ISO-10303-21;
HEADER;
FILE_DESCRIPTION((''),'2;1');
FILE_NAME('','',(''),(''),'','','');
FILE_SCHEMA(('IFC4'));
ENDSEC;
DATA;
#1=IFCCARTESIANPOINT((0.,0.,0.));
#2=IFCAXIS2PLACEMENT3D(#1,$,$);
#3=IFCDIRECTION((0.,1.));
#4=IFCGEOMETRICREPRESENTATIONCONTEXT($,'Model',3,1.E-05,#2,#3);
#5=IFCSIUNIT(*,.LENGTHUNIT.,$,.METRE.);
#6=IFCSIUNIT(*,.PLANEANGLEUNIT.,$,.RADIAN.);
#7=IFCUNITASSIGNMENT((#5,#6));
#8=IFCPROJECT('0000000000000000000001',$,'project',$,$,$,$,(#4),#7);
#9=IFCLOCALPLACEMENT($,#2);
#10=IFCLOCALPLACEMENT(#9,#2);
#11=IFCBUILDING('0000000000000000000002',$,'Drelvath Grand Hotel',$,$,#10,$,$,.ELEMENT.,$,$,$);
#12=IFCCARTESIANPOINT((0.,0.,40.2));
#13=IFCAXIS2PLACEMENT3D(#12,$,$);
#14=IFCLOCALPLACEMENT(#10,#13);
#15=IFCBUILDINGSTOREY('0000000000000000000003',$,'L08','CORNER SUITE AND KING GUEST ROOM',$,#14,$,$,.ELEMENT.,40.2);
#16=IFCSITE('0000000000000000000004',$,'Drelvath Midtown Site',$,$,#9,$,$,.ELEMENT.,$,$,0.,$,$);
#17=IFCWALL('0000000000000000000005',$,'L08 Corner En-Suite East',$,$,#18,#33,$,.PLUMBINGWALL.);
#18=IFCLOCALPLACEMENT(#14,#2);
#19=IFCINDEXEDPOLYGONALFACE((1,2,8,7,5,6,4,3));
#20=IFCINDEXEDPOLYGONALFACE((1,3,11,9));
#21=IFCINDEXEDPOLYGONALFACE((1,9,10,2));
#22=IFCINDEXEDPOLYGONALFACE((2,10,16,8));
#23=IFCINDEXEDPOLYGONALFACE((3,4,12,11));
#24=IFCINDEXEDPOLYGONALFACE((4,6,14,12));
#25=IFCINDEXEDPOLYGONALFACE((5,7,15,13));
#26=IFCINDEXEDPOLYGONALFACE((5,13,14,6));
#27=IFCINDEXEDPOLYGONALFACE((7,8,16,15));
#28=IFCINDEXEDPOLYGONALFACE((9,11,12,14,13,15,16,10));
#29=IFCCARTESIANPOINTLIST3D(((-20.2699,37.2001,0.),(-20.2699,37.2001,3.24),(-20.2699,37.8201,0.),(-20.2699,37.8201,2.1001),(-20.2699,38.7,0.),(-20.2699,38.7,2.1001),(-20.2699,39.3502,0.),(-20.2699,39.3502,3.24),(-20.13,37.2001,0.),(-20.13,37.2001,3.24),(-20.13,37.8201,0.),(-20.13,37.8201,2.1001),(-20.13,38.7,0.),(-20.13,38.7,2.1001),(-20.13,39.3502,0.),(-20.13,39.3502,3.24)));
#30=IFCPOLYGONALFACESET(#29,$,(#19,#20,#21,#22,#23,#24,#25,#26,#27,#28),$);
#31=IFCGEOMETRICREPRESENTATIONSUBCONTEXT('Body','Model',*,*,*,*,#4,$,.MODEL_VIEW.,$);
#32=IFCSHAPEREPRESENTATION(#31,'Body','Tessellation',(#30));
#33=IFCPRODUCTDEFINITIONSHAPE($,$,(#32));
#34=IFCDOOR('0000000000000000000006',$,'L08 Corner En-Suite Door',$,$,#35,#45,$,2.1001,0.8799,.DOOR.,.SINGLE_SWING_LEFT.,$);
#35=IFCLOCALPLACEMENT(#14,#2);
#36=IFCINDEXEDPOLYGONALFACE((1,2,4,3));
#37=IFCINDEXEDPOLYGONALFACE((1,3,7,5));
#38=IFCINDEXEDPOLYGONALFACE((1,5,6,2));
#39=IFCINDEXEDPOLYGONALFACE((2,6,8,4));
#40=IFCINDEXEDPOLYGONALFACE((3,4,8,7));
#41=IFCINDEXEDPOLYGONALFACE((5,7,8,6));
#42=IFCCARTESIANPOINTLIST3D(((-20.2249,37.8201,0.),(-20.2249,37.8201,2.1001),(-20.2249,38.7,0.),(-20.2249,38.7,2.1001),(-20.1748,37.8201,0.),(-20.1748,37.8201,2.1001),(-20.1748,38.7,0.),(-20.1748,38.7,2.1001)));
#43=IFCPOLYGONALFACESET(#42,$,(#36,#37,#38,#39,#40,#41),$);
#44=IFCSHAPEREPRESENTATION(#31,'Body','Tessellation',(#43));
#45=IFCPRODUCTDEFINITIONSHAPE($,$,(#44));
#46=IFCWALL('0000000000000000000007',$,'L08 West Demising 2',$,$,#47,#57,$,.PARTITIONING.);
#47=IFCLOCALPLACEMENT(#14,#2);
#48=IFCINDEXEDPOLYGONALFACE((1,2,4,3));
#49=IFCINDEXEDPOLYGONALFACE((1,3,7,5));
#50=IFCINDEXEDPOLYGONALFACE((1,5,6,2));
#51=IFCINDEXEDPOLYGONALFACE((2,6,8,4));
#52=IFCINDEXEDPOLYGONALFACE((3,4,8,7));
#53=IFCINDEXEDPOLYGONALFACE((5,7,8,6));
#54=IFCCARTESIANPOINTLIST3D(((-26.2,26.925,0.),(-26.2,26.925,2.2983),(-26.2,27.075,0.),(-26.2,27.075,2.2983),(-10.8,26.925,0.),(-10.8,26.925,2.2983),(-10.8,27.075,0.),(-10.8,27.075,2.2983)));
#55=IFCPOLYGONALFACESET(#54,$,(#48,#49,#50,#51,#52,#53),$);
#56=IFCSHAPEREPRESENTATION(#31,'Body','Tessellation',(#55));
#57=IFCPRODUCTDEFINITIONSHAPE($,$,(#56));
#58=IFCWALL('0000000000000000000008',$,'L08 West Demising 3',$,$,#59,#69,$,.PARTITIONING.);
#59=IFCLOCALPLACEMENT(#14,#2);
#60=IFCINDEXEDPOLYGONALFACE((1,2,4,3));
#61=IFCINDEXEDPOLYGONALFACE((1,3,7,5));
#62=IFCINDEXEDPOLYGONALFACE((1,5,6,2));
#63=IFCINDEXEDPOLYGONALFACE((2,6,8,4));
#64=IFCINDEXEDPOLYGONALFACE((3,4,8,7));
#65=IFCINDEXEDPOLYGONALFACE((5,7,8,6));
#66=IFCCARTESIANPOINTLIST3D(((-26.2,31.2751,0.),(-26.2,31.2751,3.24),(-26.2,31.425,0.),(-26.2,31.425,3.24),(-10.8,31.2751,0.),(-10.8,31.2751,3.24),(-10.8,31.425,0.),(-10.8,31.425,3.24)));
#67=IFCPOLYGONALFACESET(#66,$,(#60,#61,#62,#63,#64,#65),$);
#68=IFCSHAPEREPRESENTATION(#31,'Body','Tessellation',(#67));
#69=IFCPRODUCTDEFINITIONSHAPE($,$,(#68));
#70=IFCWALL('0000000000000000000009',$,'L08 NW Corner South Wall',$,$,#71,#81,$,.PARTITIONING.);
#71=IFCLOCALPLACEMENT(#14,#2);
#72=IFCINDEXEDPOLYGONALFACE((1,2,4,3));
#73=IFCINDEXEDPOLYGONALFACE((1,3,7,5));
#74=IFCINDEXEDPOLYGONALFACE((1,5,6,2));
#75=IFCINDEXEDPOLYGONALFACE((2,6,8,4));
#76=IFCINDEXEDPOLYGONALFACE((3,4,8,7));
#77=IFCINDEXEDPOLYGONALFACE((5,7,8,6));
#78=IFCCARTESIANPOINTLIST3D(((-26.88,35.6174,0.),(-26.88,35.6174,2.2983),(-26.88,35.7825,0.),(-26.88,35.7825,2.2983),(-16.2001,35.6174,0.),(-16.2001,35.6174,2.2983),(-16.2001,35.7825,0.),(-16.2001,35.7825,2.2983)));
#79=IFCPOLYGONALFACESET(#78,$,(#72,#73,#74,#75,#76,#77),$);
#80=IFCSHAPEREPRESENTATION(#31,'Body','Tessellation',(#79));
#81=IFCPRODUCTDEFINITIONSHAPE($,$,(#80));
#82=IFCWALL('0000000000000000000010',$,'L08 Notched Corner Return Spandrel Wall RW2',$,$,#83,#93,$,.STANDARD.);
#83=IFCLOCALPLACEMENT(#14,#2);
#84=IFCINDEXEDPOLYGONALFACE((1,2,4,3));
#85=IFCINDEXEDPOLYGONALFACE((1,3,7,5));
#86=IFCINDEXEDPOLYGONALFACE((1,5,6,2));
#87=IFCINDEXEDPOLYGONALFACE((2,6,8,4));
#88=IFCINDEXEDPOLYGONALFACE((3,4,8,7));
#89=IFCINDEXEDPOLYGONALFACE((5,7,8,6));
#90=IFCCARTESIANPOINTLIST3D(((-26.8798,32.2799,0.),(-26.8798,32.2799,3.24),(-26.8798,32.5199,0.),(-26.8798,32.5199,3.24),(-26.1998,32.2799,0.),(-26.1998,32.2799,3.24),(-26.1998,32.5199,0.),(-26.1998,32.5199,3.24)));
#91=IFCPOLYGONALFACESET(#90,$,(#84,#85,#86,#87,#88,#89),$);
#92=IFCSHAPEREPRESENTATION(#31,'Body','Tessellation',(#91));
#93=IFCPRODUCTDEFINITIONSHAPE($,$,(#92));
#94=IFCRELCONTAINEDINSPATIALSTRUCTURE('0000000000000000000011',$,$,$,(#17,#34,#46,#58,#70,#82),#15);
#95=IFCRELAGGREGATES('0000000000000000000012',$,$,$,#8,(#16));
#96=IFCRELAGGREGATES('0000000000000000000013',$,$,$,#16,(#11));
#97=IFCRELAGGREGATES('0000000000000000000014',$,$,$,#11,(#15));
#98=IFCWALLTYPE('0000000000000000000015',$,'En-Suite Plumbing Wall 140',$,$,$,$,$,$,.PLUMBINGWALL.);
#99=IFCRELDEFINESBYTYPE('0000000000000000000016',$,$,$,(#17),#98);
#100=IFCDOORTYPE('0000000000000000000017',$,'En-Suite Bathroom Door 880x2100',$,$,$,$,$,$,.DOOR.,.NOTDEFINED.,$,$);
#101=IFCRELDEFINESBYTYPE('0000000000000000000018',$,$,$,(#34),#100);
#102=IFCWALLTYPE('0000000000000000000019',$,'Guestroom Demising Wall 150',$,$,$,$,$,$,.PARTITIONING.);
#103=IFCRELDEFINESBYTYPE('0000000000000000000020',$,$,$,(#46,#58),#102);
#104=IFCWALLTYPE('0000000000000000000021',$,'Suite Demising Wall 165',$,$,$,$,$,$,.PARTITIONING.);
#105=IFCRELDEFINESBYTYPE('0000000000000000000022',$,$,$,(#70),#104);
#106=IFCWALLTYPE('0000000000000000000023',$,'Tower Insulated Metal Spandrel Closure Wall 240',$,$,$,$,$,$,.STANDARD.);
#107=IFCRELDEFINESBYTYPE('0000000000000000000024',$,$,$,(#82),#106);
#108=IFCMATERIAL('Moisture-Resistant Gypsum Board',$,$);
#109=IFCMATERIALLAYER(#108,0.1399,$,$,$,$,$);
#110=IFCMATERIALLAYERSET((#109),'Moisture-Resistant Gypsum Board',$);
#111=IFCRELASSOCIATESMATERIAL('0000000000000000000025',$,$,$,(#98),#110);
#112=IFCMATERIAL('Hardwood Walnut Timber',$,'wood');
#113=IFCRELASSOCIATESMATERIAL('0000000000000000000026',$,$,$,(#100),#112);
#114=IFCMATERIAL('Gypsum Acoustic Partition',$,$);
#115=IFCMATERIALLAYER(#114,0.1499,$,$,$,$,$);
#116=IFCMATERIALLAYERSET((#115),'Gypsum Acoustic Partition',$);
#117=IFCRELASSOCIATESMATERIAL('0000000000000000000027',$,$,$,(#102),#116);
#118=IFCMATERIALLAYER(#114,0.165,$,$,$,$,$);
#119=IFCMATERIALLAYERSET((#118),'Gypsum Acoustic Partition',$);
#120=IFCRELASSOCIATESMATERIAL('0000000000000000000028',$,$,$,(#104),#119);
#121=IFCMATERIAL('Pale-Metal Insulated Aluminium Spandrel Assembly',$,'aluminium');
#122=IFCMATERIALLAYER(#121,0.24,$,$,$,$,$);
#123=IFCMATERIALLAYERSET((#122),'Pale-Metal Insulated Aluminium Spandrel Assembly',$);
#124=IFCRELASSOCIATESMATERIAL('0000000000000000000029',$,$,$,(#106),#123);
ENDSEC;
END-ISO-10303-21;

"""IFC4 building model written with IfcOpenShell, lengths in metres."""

from ifc_helpers import new_model, si_unit, direction, frame, frame_2d, origin, place, context, subcontext, project, spatial, rectangle, extrude, material, layer, layer_set, type_object, element, fill, save


model = new_model("IFC4")

# Units and contexts
model_context = context("Model", 3, precision=1e-05, world=origin(), true_north=direction((0.0, 1.0)))
body_context = subcontext(model_context, "Body", "Model", "MODEL_VIEW")
ifc_project = project(units=[si_unit("LENGTHUNIT", "METRE"), si_unit("PLANEANGLEUNIT", "RADIAN")], contexts=[model_context])

# Site, building, storey
site_placement = place(None, origin())
site = spatial("IfcSite", under=ifc_project, at=site_placement, Name="Drelvath Midtown Site", CompositionType="ELEMENT", RefElevation=0.0)
building_placement = place(site_placement, origin())
building = spatial("IfcBuilding", under=site, at=building_placement, Name="Drelvath Grand Hotel", CompositionType="ELEMENT")
storey_placement = place(building_placement, frame((0.0, 0.0, 40.2)))
storey = spatial("IfcBuildingStorey", under=building, at=storey_placement, Name="L08", Description="CORNER SUITE AND KING GUEST ROOM", CompositionType="ELEMENT", Elevation=40.2)

# Shared definitions
ifc_material_1 = material(Name="Moisture-Resistant Gypsum Board")
ifc_layer_1 = layer(ifc_material_1, 0.1399)
ifc_layer_set_1 = layer_set([ifc_layer_1], Name="Moisture-Resistant Gypsum Board")
wall_type_1 = type_object("IfcWallType", Name="En-Suite Plumbing Wall 140", PredefinedType="PLUMBINGWALL", material=ifc_layer_set_1)

# Wall, opening, door
wall_1_placement = place(storey_placement, frame((-20.2, 37.2, 0.0), z_axis=(0.0, 0.0, 1.0), x_axis=(0.0, 1.0, 0.0)))
wall_1 = element("IfcWall", 1, at=wall_1_placement, inside=storey, type_object=wall_type_1, Name="L08 Corner En-Suite East", PredefinedType="PLUMBINGWALL", context=body_context, shape_type="SweptSolid", body=[
    extrude(rectangle(XDim=2.1501, YDim=0.1399, at=frame_2d((1.0752, 0.0))), origin(), (0.0, 0.0, 1.0), 3.24),
])
opening_placement = place(wall_1_placement, frame((0.6201, 0.0, 0.0)))
opening = element("IfcOpeningElement", 2, at=opening_placement, cuts=wall_1, PredefinedType="OPENING", context=body_context, shape_type="SweptSolid", body=[
    extrude(rectangle(XDim=0.8799, YDim=2.1001, at=frame_2d((0.4399, 1.05))), frame((0.0, 0.0798, 0.0), z_axis=(0.0, -1.0, 0.0), x_axis=(1.0, 0.0, 0.0)), (0.0, 0.0, 1.0), 0.1599),
])
ifc_material_2 = material(Name="Hardwood Walnut Timber", Category="wood")
door_type = type_object("IfcDoorType", Name="En-Suite Bathroom Door 880x2100", OperationType="NOTDEFINED", PredefinedType="DOOR", material=ifc_material_2)
door_placement = place(opening_placement, origin())
door = element("IfcDoor", 3, at=door_placement, inside=storey, type_object=door_type, Name="L08 Corner En-Suite Door", OperationType="SINGLE_SWING_LEFT", OverallHeight=2.1001, OverallWidth=0.8799, PredefinedType="DOOR", context=body_context, shape_type="SweptSolid", body=[
    extrude(rectangle(XDim=0.8799, YDim=2.1001, at=frame_2d((0.4399, 1.05))), frame((0.0, 0.0249, 0.0), z_axis=(0.0, -1.0, 0.0), x_axis=(1.0, 0.0, 0.0)), (0.0, 0.0, 1.0), 0.05),
])
fill(opening, door)

# Walls
ifc_material_3 = material(Name="Gypsum Acoustic Partition")
ifc_layer_2 = layer(ifc_material_3, 0.1499)
ifc_layer_set_2 = layer_set([ifc_layer_2], Name="Gypsum Acoustic Partition")
wall_type_2 = type_object("IfcWallType", Name="Guestroom Demising Wall 150", PredefinedType="PARTITIONING", material=ifc_layer_set_2)
wall_2_placement = place(storey_placement, frame((-26.2, 27.0, 0.0), z_axis=(0.0, 0.0, 1.0), x_axis=(1.0, 0.0, 0.0)))
element("IfcWall", 4, at=wall_2_placement, inside=storey, type_object=wall_type_2, Name="L08 West Demising 2", PredefinedType="PARTITIONING", context=body_context, shape_type="SweptSolid", body=[
    extrude(rectangle(XDim=15.3999, YDim=0.1499, at=frame_2d((7.7, 0.0))), origin(), (0.0, 0.0, 1.0), 2.2983),
])
wall_3_placement = place(storey_placement, frame((-26.2, 31.3501, 0.0), z_axis=(0.0, 0.0, 1.0), x_axis=(1.0, 0.0, 0.0)))
element("IfcWall", 5, at=wall_3_placement, inside=storey, type_object=wall_type_2, Name="L08 West Demising 3", PredefinedType="PARTITIONING", context=body_context, shape_type="SweptSolid", body=[
    extrude(rectangle(XDim=15.3999, YDim=0.1499, at=frame_2d((7.7, 0.0))), origin(), (0.0, 0.0, 1.0), 3.24),
])
ifc_layer_3 = layer(ifc_material_3, 0.165)
ifc_layer_set_3 = layer_set([ifc_layer_3], Name="Gypsum Acoustic Partition")
wall_type_3 = type_object("IfcWallType", Name="Suite Demising Wall 165", PredefinedType="PARTITIONING", material=ifc_layer_set_3)
wall_4_placement = place(storey_placement, frame((-26.8799, 35.7, 0.0), z_axis=(0.0, 0.0, 1.0), x_axis=(1.0, 0.0, 0.0)))
element("IfcWall", 6, at=wall_4_placement, inside=storey, type_object=wall_type_3, Name="L08 NW Corner South Wall", PredefinedType="PARTITIONING", context=body_context, shape_type="SweptSolid", body=[
    extrude(rectangle(XDim=10.6799, YDim=0.165, at=frame_2d((5.3398, 0.0))), origin(), (0.0, 0.0, 1.0), 2.2983),
])
ifc_material_4 = material(Name="Pale-Metal Insulated Aluminium Spandrel Assembly", Category="aluminium")
ifc_layer_4 = layer(ifc_material_4, 0.24)
ifc_layer_set_4 = layer_set([ifc_layer_4], Name="Pale-Metal Insulated Aluminium Spandrel Assembly")
wall_type_4 = type_object("IfcWallType", Name="Tower Insulated Metal Spandrel Closure Wall 240", PredefinedType="STANDARD", material=ifc_layer_set_4)
wall_5_placement = place(storey_placement, frame((-26.2, 32.3999, 0.0), z_axis=(0.0, 0.0, 1.0), x_axis=(-1.0, 0.0, 0.0)))
element("IfcWall", 7, at=wall_5_placement, inside=storey, type_object=wall_type_4, Name="L08 Notched Corner Return Spandrel Wall RW2", PredefinedType="STANDARD", context=body_context, shape_type="SweptSolid", body=[
    extrude(rectangle(XDim=0.6799, YDim=0.24, at=frame_2d((0.3398, 0.0))), origin(), (0.0, 0.0, 1.0), 3.24),
])

save(model, "model.ifc")
